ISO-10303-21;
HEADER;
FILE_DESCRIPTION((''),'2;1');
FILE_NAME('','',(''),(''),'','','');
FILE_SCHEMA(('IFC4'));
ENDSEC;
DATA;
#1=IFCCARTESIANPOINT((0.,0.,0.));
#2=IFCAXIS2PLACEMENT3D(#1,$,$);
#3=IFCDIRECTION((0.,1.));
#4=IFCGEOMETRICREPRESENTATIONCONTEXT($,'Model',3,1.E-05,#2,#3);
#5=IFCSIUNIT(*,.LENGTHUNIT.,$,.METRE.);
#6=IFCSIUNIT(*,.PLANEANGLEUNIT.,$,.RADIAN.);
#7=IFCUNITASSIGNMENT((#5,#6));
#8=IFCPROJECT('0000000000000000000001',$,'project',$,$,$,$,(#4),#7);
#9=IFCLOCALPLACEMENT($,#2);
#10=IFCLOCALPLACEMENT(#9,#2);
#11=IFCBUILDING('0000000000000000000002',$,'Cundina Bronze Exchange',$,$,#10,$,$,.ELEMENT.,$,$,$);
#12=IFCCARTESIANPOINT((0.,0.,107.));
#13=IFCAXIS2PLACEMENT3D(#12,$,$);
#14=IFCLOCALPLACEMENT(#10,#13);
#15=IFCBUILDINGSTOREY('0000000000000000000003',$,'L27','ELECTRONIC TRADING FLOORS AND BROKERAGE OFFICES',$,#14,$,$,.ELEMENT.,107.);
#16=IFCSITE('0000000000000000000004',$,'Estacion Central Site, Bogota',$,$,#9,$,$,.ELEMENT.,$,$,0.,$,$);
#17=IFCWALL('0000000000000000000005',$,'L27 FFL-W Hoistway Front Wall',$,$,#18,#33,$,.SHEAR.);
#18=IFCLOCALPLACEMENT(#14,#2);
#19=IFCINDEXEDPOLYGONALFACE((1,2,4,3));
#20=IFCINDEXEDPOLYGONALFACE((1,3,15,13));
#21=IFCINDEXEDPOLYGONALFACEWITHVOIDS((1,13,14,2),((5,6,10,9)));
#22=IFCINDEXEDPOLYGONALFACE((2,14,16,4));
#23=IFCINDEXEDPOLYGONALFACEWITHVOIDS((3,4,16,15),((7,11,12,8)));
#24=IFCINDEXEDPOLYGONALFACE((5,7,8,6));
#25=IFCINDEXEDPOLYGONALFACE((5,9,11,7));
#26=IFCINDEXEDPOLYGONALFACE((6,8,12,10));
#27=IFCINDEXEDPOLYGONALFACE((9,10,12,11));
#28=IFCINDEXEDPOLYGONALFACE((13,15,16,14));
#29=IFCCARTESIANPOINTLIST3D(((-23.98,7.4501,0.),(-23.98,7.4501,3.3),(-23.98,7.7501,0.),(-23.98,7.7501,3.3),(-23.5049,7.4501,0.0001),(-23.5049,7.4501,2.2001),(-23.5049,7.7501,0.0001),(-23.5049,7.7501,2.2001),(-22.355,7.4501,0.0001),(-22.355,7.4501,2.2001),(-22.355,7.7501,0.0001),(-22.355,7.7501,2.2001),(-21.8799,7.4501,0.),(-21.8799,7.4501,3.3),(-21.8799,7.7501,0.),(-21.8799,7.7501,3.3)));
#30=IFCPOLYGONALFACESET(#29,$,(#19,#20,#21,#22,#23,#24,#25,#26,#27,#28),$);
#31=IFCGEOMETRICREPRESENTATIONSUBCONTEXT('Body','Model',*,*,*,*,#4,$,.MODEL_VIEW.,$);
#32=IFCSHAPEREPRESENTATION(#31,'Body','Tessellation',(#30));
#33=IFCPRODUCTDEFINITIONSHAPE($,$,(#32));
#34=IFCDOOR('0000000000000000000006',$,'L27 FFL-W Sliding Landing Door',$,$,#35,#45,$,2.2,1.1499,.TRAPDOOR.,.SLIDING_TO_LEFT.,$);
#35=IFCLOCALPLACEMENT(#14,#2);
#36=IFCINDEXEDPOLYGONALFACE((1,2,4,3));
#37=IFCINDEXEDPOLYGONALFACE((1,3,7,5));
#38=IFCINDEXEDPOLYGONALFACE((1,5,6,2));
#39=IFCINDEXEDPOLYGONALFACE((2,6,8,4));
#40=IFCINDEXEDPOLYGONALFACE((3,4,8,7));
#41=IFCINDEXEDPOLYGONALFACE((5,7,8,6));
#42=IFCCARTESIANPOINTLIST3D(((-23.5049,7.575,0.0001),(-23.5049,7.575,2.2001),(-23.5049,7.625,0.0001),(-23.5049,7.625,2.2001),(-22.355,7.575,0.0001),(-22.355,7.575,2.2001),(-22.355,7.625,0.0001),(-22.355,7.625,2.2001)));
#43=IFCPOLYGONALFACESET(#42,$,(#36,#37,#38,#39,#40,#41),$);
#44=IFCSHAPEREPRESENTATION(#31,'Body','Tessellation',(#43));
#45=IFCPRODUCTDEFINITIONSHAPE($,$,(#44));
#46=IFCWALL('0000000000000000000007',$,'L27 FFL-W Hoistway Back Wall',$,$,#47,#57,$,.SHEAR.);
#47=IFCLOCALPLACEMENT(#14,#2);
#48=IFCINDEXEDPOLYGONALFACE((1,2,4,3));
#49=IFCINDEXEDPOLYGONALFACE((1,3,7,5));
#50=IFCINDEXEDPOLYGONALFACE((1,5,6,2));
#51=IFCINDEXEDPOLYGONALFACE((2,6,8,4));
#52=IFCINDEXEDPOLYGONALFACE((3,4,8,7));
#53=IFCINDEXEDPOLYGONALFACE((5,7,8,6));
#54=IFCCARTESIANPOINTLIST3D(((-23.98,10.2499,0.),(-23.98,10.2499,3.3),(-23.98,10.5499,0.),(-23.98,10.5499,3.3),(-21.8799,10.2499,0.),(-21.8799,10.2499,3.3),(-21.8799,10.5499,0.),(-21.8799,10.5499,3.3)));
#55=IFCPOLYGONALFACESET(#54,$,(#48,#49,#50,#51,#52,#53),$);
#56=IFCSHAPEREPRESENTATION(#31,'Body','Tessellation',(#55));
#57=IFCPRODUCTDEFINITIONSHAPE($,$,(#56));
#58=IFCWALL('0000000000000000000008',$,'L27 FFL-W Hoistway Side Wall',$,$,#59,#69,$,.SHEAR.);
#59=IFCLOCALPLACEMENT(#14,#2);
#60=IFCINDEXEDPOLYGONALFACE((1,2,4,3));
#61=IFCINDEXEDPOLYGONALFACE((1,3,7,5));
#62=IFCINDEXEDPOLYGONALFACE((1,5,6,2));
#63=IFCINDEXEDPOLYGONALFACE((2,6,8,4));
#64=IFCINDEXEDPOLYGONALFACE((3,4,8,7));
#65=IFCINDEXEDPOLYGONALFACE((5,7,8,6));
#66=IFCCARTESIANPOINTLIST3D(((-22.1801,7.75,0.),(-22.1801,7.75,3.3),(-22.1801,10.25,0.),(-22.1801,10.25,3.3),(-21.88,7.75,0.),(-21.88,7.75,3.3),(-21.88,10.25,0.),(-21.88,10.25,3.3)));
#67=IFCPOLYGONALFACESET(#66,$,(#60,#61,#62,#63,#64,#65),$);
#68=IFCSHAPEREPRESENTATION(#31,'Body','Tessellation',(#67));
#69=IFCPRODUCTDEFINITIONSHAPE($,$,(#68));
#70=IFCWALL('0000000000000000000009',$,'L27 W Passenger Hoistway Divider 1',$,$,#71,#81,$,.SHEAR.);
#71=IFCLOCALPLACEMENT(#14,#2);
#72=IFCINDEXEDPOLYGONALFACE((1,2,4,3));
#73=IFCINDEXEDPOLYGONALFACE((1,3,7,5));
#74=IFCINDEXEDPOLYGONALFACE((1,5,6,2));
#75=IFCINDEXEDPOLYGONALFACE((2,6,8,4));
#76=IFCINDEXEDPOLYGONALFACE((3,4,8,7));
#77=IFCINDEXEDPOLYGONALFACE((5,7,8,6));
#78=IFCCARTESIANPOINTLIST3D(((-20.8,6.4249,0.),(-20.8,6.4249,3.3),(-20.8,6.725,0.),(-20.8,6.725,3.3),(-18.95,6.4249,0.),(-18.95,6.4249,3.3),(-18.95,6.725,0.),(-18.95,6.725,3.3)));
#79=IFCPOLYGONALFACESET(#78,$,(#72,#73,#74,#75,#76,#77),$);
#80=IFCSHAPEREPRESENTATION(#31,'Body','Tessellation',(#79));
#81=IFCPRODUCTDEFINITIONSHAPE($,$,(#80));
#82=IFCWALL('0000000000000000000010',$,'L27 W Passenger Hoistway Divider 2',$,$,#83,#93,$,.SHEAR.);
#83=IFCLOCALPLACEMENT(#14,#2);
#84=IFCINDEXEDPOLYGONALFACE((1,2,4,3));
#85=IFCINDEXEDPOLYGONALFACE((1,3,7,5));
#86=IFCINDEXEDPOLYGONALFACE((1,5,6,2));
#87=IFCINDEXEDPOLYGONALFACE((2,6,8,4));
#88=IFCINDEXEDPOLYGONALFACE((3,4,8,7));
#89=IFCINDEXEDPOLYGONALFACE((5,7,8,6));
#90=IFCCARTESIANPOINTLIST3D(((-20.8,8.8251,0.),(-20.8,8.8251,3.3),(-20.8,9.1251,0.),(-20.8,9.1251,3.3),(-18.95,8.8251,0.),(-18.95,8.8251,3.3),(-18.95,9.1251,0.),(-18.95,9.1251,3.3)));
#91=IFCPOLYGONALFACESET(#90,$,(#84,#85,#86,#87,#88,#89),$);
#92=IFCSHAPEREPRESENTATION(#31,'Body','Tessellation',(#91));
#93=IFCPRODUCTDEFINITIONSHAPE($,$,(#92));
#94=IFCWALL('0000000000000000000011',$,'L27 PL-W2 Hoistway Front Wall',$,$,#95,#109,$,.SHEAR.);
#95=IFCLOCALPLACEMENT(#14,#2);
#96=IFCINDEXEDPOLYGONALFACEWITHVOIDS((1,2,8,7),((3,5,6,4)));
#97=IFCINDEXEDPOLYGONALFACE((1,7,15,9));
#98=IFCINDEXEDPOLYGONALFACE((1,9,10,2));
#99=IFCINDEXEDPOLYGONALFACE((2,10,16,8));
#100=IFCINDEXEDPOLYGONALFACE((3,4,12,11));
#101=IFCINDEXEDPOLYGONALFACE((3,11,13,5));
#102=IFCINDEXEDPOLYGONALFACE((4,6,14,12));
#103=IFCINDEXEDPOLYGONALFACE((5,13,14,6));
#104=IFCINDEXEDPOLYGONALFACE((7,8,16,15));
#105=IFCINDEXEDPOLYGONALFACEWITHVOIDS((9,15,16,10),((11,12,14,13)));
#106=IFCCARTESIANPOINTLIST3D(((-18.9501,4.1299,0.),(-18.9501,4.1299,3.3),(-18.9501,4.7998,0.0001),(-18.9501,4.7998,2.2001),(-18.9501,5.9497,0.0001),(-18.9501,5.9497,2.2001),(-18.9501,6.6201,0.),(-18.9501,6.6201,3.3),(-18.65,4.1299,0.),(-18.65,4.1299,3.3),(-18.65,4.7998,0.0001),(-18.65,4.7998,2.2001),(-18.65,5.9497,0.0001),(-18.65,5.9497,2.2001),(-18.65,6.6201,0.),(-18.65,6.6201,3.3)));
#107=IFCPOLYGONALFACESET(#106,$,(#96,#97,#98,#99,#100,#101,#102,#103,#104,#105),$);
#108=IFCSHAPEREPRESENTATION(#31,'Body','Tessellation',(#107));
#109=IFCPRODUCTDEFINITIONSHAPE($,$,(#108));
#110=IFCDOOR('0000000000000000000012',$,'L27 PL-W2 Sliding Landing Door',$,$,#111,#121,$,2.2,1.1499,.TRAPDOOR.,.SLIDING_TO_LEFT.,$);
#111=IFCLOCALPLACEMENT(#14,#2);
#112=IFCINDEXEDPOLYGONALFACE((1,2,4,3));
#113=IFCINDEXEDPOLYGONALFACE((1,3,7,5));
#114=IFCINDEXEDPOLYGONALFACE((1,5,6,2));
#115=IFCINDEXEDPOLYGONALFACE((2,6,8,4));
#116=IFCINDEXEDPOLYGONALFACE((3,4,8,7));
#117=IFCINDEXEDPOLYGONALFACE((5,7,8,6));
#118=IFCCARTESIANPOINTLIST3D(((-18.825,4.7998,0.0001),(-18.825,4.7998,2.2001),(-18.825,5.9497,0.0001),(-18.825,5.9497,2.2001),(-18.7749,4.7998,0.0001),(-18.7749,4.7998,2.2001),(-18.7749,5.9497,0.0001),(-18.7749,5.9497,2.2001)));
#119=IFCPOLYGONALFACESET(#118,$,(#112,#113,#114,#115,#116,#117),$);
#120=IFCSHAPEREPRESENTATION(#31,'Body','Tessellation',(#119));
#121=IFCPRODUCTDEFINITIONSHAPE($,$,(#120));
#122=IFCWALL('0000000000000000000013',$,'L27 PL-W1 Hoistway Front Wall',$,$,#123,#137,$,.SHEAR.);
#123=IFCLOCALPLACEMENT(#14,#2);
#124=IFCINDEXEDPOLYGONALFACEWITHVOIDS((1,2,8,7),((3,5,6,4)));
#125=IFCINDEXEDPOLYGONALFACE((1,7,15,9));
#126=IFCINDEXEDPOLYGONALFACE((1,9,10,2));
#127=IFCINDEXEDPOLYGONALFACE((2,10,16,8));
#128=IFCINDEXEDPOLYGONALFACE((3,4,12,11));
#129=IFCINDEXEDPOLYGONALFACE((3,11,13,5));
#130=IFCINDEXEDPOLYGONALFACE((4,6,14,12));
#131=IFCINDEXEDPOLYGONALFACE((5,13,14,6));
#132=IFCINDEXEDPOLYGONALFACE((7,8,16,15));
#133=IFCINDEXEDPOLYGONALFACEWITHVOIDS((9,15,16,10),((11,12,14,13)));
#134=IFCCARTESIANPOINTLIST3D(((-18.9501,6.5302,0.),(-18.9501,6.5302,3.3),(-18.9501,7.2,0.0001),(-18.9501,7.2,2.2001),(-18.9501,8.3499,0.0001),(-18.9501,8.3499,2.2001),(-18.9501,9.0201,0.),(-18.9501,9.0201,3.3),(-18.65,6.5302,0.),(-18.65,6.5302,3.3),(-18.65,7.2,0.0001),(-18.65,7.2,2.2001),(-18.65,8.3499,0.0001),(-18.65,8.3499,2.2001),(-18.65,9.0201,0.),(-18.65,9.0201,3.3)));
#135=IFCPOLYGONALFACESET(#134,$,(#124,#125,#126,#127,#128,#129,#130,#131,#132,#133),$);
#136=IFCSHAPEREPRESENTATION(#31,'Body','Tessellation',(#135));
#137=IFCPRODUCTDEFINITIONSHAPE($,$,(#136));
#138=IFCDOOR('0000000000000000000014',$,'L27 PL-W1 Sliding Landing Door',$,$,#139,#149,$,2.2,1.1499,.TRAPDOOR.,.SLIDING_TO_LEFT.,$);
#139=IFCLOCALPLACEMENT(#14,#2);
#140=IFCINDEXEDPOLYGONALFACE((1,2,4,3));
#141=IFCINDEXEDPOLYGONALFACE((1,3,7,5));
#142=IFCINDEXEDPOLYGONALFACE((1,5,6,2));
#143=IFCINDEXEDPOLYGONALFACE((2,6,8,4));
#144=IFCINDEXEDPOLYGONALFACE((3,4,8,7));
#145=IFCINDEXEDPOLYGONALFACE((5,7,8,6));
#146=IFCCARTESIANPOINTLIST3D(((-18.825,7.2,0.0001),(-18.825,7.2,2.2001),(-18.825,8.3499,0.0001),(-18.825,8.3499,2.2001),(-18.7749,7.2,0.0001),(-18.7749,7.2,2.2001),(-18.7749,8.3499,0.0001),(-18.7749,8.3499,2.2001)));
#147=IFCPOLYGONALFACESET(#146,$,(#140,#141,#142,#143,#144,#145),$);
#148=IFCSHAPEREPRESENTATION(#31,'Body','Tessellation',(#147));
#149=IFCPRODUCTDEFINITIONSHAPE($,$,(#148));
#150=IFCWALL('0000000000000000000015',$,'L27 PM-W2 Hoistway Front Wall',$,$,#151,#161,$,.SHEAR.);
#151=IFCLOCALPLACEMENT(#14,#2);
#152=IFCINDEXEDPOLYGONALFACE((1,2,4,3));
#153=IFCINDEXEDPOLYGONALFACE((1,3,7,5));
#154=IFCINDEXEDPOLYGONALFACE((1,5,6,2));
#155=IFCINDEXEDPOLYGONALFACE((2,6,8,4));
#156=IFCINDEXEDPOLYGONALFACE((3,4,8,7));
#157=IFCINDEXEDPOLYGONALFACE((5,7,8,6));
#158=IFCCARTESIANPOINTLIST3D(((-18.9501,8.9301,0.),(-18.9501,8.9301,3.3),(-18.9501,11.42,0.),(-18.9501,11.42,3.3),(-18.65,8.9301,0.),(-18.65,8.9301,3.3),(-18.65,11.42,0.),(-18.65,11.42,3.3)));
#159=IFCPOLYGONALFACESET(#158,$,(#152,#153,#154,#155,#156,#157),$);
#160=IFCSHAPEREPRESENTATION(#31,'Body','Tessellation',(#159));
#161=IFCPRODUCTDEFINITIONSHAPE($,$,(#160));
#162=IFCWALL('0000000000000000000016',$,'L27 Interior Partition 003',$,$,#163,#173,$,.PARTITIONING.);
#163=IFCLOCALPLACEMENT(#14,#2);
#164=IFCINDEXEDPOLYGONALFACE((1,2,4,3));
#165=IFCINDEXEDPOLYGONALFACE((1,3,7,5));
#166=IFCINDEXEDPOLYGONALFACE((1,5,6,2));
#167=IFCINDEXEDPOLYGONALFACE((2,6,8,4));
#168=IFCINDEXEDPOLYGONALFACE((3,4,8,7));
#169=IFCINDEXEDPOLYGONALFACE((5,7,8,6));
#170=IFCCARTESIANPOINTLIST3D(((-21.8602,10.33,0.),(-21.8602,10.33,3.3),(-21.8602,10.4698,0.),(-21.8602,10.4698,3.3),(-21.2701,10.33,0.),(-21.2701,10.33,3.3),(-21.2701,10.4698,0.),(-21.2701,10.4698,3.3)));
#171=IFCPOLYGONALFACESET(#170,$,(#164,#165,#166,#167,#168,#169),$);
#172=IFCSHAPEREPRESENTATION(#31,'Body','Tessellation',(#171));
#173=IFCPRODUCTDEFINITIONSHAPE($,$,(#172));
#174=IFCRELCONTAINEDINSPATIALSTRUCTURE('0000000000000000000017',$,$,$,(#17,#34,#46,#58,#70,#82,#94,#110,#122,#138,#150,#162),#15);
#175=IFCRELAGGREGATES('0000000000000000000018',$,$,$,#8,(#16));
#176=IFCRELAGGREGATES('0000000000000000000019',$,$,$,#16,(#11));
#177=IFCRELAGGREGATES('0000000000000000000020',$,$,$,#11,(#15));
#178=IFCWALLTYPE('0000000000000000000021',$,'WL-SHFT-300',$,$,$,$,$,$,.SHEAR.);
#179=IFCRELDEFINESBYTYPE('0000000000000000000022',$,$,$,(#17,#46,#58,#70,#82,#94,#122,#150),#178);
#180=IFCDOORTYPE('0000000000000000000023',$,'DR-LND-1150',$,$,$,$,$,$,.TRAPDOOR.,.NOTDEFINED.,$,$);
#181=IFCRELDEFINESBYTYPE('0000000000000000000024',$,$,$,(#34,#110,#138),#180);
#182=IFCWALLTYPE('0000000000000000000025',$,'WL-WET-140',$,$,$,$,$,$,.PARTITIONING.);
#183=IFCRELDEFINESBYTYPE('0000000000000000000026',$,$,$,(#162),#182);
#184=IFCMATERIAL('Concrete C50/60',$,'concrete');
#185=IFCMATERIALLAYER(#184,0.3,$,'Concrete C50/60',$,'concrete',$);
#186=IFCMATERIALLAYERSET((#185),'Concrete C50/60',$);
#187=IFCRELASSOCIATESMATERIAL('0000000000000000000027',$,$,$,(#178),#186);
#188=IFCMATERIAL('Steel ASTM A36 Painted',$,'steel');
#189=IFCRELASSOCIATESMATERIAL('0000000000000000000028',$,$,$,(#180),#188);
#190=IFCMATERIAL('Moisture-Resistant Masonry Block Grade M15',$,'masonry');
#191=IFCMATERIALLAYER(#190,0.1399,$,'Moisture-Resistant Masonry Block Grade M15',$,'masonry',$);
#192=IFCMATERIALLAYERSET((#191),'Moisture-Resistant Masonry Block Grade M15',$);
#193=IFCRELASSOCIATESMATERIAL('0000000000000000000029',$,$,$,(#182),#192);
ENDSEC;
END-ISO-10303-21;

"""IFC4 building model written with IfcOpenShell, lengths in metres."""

from ifc_helpers import new_model, si_unit, direction, frame, frame_2d, origin, place, context, subcontext, project, spatial, rectangle, extrude, material, layer, layer_set, type_object, element, fill, save


model = new_model("IFC4")

# Units and contexts
model_context = context("Model", 3, precision=1e-05, world=origin(), true_north=direction((0.0, 1.0)))
body_context = subcontext(model_context, "Body", "Model", "MODEL_VIEW")
ifc_project = project(units=[si_unit("LENGTHUNIT", "METRE"), si_unit("PLANEANGLEUNIT", "RADIAN")], contexts=[model_context])

# Site, building, storey
site_placement = place(None, origin())
site = spatial("IfcSite", under=ifc_project, at=site_placement, Name="Estacion Central Site, Bogota", CompositionType="ELEMENT", RefElevation=0.0)
building_placement = place(site_placement, origin())
building = spatial("IfcBuilding", under=site, at=building_placement, Name="Cundina Bronze Exchange", CompositionType="ELEMENT")
storey_placement = place(building_placement, frame((0.0, 0.0, 107.0)))
storey = spatial("IfcBuildingStorey", under=building, at=storey_placement, Name="L27", Description="ELECTRONIC TRADING FLOORS AND BROKERAGE OFFICES", CompositionType="ELEMENT", Elevation=107.0)

# Shared definitions
ifc_material_1 = material(Name="Concrete C50/60", Category="concrete")
ifc_layer_1 = layer(ifc_material_1, 0.3, Name="Concrete C50/60", Category="concrete")
ifc_layer_set_1 = layer_set([ifc_layer_1], Name="Concrete C50/60")
wall_type_1 = type_object("IfcWallType", Name="WL-SHFT-300", PredefinedType="SHEAR", material=ifc_layer_set_1)

# Wall, opening, door
wall_1_placement = place(storey_placement, frame((-23.98, 7.6001, 0.0), z_axis=(0.0, 0.0, 1.0), x_axis=(1.0, 0.0, 0.0)))
wall_1 = element("IfcWall", 1, at=wall_1_placement, inside=storey, type_object=wall_type_1, Name="L27 FFL-W Hoistway Front Wall", PredefinedType="SHEAR", context=body_context, shape_type="SweptSolid", body=[
    extrude(rectangle(XDim=2.1001, YDim=0.3, at=frame_2d((1.05, 0.0))), origin(), (0.0, 0.0, 1.0), 3.3),
])
opening_1_placement = place(wall_1_placement, frame((0.4751, 0.0, 0.0)))
opening_1 = element("IfcOpeningElement", 2, at=opening_1_placement, cuts=wall_1, PredefinedType="OPENING", context=body_context, shape_type="SweptSolid", body=[
    extrude(rectangle(XDim=1.1499, YDim=2.2, at=frame_2d((0.575, 1.1001))), frame((0.0, 0.1599, 0.0), z_axis=(0.0, -1.0, 0.0), x_axis=(1.0, 0.0, 0.0)), (0.0, 0.0, 1.0), 0.3201),
])
ifc_material_2 = material(Name="Steel ASTM A36 Painted", Category="steel")
door_type = type_object("IfcDoorType", Name="DR-LND-1150", OperationType="NOTDEFINED", PredefinedType="TRAPDOOR", material=ifc_material_2)
door_1_placement = place(opening_1_placement, origin())
door_1 = element("IfcDoor", 3, at=door_1_placement, inside=storey, type_object=door_type, Name="L27 FFL-W Sliding Landing Door", OperationType="SLIDING_TO_LEFT", OverallHeight=2.2, OverallWidth=1.1499, PredefinedType="TRAPDOOR", context=body_context, shape_type="SweptSolid", body=[
    extrude(rectangle(XDim=1.1499, YDim=2.2, at=frame_2d((0.575, 1.1001))), frame((0.0, 0.0249, 0.0), z_axis=(0.0, -1.0, 0.0), x_axis=(1.0, 0.0, 0.0)), (0.0, 0.0, 1.0), 0.05),
])
fill(opening_1, door_1)

# Walls
wall_2_placement = place(storey_placement, frame((-23.98, 10.3999, 0.0), z_axis=(0.0, 0.0, 1.0), x_axis=(1.0, 0.0, 0.0)))
element("IfcWall", 4, at=wall_2_placement, inside=storey, type_object=wall_type_1, Name="L27 FFL-W Hoistway Back Wall", PredefinedType="SHEAR", context=body_context, shape_type="SweptSolid", body=[
    extrude(rectangle(XDim=2.1001, YDim=0.3, at=frame_2d((1.05, 0.0))), origin(), (0.0, 0.0, 1.0), 3.3),
])
wall_3_placement = place(storey_placement, frame((-22.03, 7.75, 0.0), z_axis=(0.0, 0.0, 1.0), x_axis=(0.0, 1.0, 0.0)))
element("IfcWall", 5, at=wall_3_placement, inside=storey, type_object=wall_type_1, Name="L27 FFL-W Hoistway Side Wall", PredefinedType="SHEAR", context=body_context, shape_type="SweptSolid", body=[
    extrude(rectangle(XDim=2.5, YDim=0.3, at=frame_2d((1.25, 0.0))), origin(), (0.0, 0.0, 1.0), 3.3),
])
for number, where, z_axis, x_axis, name in (
    (6, (-20.8, 6.575, 0.0), (0.0, 0.0, 1.0), (1.0, 0.0, 0.0), "L27 W Passenger Hoistway Divider 1"),
    (7, (-20.8, 8.9751, 0.0), (0.0, 0.0, 1.0), (1.0, 0.0, 0.0), "L27 W Passenger Hoistway Divider 2"),
):
    element("IfcWall", number, at=place(storey_placement, frame(where, z_axis=z_axis, x_axis=x_axis)), inside=storey, type_object=wall_type_1, Name=name, PredefinedType="SHEAR", context=body_context, shape_type="SweptSolid", body=[
        extrude(rectangle(XDim=1.8501, YDim=0.3, at=frame_2d((0.925, 0.0))), origin(), (0.0, 0.0, 1.0), 3.3),
    ])

# Walls, openings, doors
wall_4_placement = place(storey_placement, frame((-18.8, 4.1299, 0.0), z_axis=(0.0, 0.0, 1.0), x_axis=(0.0, 1.0, 0.0)))
wall_4 = element("IfcWall", 8, at=wall_4_placement, inside=storey, type_object=wall_type_1, Name="L27 PL-W2 Hoistway Front Wall", PredefinedType="SHEAR", context=body_context, shape_type="SweptSolid", body=[
    extrude(rectangle(XDim=2.4902, YDim=0.3, at=frame_2d((1.2451, 0.0))), origin(), (0.0, 0.0, 1.0), 3.3),
])
opening_2_placement = place(wall_4_placement, frame((0.6699, 0.0, 0.0)))
opening_2 = element("IfcOpeningElement", 9, at=opening_2_placement, cuts=wall_4, PredefinedType="OPENING", context=body_context, shape_type="SweptSolid", body=[
    extrude(rectangle(XDim=1.1499, YDim=2.2, at=frame_2d((0.575, 1.1001))), frame((0.0, 0.1599, 0.0), z_axis=(0.0, -1.0, 0.0), x_axis=(1.0, 0.0, 0.0)), (0.0, 0.0, 1.0), 0.3201),
])
door_2_placement = place(opening_2_placement, origin())
door_2 = element("IfcDoor", 10, at=door_2_placement, inside=storey, type_object=door_type, Name="L27 PL-W2 Sliding Landing Door", OperationType="SLIDING_TO_LEFT", OverallHeight=2.2, OverallWidth=1.1499, PredefinedType="TRAPDOOR", context=body_context, shape_type="SweptSolid", body=[
    extrude(rectangle(XDim=1.1499, YDim=2.2, at=frame_2d((0.575, 1.1001))), frame((0.0, 0.0249, 0.0), z_axis=(0.0, -1.0, 0.0), x_axis=(1.0, 0.0, 0.0)), (0.0, 0.0, 1.0), 0.05),
])
fill(opening_2, door_2)
wall_5_placement = place(storey_placement, frame((-18.8, 6.53, 0.0), z_axis=(0.0, 0.0, 1.0), x_axis=(0.0, 1.0, 0.0)))
wall_5 = element("IfcWall", 11, at=wall_5_placement, inside=storey, type_object=wall_type_1, Name="L27 PL-W1 Hoistway Front Wall", PredefinedType="SHEAR", context=body_context, shape_type="SweptSolid", body=[
    extrude(rectangle(XDim=2.49, YDim=0.3, at=frame_2d((1.2451, 0.0))), origin(), (0.0, 0.0, 1.0), 3.3),
])
opening_3_placement = place(wall_5_placement, frame((0.6699, 0.0, 0.0)))
opening_3 = element("IfcOpeningElement", 12, at=opening_3_placement, cuts=wall_5, PredefinedType="OPENING", context=body_context, shape_type="SweptSolid", body=[
    extrude(rectangle(XDim=1.1499, YDim=2.2, at=frame_2d((0.575, 1.1001))), frame((0.0, 0.1599, 0.0), z_axis=(0.0, -1.0, 0.0), x_axis=(1.0, 0.0, 0.0)), (0.0, 0.0, 1.0), 0.3201),
])
door_3_placement = place(opening_3_placement, origin())
door_3 = element("IfcDoor", 13, at=door_3_placement, inside=storey, type_object=door_type, Name="L27 PL-W1 Sliding Landing Door", OperationType="SLIDING_TO_LEFT", OverallHeight=2.2, OverallWidth=1.1499, PredefinedType="TRAPDOOR", context=body_context, shape_type="SweptSolid", body=[
    extrude(rectangle(XDim=1.1499, YDim=2.2, at=frame_2d((0.575, 1.1001))), frame((0.0, 0.0249, 0.0), z_axis=(0.0, -1.0, 0.0), x_axis=(1.0, 0.0, 0.0)), (0.0, 0.0, 1.0), 0.05),
])
fill(opening_3, door_3)

# Walls
wall_6_placement = place(storey_placement, frame((-18.8, 8.9299, 0.0), z_axis=(0.0, 0.0, 1.0), x_axis=(0.0, 1.0, 0.0)))
element("IfcWall", 14, at=wall_6_placement, inside=storey, type_object=wall_type_1, Name="L27 PM-W2 Hoistway Front Wall", PredefinedType="SHEAR", context=body_context, shape_type="SweptSolid", body=[
    extrude(rectangle(XDim=2.49, YDim=0.3, at=frame_2d((1.2451, 0.0))), origin(), (0.0, 0.0, 1.0), 3.3),
])
ifc_material_3 = material(Name="Moisture-Resistant Masonry Block Grade M15", Category="masonry")
ifc_layer_2 = layer(ifc_material_3, 0.1399, Name="Moisture-Resistant Masonry Block Grade M15", Category="masonry")
ifc_layer_set_2 = layer_set([ifc_layer_2], Name="Moisture-Resistant Masonry Block Grade M15")
wall_type_2 = type_object("IfcWallType", Name="WL-WET-140", PredefinedType="PARTITIONING", material=ifc_layer_set_2)
wall_7_placement = place(storey_placement, frame((-21.8601, 10.3999, 0.0), z_axis=(0.0, 0.0, 1.0), x_axis=(1.0, 0.0, 0.0)))
element("IfcWall", 15, at=wall_7_placement, inside=storey, type_object=wall_type_2, Name="L27 Interior Partition 003", PredefinedType="PARTITIONING", context=body_context, shape_type="SweptSolid", body=[
    extrude(rectangle(XDim=0.5901, YDim=0.1399, at=frame_2d((0.2949, 0.0))), origin(), (0.0, 0.0, 1.0), 3.3),
])

save(model, "model.ifc")
